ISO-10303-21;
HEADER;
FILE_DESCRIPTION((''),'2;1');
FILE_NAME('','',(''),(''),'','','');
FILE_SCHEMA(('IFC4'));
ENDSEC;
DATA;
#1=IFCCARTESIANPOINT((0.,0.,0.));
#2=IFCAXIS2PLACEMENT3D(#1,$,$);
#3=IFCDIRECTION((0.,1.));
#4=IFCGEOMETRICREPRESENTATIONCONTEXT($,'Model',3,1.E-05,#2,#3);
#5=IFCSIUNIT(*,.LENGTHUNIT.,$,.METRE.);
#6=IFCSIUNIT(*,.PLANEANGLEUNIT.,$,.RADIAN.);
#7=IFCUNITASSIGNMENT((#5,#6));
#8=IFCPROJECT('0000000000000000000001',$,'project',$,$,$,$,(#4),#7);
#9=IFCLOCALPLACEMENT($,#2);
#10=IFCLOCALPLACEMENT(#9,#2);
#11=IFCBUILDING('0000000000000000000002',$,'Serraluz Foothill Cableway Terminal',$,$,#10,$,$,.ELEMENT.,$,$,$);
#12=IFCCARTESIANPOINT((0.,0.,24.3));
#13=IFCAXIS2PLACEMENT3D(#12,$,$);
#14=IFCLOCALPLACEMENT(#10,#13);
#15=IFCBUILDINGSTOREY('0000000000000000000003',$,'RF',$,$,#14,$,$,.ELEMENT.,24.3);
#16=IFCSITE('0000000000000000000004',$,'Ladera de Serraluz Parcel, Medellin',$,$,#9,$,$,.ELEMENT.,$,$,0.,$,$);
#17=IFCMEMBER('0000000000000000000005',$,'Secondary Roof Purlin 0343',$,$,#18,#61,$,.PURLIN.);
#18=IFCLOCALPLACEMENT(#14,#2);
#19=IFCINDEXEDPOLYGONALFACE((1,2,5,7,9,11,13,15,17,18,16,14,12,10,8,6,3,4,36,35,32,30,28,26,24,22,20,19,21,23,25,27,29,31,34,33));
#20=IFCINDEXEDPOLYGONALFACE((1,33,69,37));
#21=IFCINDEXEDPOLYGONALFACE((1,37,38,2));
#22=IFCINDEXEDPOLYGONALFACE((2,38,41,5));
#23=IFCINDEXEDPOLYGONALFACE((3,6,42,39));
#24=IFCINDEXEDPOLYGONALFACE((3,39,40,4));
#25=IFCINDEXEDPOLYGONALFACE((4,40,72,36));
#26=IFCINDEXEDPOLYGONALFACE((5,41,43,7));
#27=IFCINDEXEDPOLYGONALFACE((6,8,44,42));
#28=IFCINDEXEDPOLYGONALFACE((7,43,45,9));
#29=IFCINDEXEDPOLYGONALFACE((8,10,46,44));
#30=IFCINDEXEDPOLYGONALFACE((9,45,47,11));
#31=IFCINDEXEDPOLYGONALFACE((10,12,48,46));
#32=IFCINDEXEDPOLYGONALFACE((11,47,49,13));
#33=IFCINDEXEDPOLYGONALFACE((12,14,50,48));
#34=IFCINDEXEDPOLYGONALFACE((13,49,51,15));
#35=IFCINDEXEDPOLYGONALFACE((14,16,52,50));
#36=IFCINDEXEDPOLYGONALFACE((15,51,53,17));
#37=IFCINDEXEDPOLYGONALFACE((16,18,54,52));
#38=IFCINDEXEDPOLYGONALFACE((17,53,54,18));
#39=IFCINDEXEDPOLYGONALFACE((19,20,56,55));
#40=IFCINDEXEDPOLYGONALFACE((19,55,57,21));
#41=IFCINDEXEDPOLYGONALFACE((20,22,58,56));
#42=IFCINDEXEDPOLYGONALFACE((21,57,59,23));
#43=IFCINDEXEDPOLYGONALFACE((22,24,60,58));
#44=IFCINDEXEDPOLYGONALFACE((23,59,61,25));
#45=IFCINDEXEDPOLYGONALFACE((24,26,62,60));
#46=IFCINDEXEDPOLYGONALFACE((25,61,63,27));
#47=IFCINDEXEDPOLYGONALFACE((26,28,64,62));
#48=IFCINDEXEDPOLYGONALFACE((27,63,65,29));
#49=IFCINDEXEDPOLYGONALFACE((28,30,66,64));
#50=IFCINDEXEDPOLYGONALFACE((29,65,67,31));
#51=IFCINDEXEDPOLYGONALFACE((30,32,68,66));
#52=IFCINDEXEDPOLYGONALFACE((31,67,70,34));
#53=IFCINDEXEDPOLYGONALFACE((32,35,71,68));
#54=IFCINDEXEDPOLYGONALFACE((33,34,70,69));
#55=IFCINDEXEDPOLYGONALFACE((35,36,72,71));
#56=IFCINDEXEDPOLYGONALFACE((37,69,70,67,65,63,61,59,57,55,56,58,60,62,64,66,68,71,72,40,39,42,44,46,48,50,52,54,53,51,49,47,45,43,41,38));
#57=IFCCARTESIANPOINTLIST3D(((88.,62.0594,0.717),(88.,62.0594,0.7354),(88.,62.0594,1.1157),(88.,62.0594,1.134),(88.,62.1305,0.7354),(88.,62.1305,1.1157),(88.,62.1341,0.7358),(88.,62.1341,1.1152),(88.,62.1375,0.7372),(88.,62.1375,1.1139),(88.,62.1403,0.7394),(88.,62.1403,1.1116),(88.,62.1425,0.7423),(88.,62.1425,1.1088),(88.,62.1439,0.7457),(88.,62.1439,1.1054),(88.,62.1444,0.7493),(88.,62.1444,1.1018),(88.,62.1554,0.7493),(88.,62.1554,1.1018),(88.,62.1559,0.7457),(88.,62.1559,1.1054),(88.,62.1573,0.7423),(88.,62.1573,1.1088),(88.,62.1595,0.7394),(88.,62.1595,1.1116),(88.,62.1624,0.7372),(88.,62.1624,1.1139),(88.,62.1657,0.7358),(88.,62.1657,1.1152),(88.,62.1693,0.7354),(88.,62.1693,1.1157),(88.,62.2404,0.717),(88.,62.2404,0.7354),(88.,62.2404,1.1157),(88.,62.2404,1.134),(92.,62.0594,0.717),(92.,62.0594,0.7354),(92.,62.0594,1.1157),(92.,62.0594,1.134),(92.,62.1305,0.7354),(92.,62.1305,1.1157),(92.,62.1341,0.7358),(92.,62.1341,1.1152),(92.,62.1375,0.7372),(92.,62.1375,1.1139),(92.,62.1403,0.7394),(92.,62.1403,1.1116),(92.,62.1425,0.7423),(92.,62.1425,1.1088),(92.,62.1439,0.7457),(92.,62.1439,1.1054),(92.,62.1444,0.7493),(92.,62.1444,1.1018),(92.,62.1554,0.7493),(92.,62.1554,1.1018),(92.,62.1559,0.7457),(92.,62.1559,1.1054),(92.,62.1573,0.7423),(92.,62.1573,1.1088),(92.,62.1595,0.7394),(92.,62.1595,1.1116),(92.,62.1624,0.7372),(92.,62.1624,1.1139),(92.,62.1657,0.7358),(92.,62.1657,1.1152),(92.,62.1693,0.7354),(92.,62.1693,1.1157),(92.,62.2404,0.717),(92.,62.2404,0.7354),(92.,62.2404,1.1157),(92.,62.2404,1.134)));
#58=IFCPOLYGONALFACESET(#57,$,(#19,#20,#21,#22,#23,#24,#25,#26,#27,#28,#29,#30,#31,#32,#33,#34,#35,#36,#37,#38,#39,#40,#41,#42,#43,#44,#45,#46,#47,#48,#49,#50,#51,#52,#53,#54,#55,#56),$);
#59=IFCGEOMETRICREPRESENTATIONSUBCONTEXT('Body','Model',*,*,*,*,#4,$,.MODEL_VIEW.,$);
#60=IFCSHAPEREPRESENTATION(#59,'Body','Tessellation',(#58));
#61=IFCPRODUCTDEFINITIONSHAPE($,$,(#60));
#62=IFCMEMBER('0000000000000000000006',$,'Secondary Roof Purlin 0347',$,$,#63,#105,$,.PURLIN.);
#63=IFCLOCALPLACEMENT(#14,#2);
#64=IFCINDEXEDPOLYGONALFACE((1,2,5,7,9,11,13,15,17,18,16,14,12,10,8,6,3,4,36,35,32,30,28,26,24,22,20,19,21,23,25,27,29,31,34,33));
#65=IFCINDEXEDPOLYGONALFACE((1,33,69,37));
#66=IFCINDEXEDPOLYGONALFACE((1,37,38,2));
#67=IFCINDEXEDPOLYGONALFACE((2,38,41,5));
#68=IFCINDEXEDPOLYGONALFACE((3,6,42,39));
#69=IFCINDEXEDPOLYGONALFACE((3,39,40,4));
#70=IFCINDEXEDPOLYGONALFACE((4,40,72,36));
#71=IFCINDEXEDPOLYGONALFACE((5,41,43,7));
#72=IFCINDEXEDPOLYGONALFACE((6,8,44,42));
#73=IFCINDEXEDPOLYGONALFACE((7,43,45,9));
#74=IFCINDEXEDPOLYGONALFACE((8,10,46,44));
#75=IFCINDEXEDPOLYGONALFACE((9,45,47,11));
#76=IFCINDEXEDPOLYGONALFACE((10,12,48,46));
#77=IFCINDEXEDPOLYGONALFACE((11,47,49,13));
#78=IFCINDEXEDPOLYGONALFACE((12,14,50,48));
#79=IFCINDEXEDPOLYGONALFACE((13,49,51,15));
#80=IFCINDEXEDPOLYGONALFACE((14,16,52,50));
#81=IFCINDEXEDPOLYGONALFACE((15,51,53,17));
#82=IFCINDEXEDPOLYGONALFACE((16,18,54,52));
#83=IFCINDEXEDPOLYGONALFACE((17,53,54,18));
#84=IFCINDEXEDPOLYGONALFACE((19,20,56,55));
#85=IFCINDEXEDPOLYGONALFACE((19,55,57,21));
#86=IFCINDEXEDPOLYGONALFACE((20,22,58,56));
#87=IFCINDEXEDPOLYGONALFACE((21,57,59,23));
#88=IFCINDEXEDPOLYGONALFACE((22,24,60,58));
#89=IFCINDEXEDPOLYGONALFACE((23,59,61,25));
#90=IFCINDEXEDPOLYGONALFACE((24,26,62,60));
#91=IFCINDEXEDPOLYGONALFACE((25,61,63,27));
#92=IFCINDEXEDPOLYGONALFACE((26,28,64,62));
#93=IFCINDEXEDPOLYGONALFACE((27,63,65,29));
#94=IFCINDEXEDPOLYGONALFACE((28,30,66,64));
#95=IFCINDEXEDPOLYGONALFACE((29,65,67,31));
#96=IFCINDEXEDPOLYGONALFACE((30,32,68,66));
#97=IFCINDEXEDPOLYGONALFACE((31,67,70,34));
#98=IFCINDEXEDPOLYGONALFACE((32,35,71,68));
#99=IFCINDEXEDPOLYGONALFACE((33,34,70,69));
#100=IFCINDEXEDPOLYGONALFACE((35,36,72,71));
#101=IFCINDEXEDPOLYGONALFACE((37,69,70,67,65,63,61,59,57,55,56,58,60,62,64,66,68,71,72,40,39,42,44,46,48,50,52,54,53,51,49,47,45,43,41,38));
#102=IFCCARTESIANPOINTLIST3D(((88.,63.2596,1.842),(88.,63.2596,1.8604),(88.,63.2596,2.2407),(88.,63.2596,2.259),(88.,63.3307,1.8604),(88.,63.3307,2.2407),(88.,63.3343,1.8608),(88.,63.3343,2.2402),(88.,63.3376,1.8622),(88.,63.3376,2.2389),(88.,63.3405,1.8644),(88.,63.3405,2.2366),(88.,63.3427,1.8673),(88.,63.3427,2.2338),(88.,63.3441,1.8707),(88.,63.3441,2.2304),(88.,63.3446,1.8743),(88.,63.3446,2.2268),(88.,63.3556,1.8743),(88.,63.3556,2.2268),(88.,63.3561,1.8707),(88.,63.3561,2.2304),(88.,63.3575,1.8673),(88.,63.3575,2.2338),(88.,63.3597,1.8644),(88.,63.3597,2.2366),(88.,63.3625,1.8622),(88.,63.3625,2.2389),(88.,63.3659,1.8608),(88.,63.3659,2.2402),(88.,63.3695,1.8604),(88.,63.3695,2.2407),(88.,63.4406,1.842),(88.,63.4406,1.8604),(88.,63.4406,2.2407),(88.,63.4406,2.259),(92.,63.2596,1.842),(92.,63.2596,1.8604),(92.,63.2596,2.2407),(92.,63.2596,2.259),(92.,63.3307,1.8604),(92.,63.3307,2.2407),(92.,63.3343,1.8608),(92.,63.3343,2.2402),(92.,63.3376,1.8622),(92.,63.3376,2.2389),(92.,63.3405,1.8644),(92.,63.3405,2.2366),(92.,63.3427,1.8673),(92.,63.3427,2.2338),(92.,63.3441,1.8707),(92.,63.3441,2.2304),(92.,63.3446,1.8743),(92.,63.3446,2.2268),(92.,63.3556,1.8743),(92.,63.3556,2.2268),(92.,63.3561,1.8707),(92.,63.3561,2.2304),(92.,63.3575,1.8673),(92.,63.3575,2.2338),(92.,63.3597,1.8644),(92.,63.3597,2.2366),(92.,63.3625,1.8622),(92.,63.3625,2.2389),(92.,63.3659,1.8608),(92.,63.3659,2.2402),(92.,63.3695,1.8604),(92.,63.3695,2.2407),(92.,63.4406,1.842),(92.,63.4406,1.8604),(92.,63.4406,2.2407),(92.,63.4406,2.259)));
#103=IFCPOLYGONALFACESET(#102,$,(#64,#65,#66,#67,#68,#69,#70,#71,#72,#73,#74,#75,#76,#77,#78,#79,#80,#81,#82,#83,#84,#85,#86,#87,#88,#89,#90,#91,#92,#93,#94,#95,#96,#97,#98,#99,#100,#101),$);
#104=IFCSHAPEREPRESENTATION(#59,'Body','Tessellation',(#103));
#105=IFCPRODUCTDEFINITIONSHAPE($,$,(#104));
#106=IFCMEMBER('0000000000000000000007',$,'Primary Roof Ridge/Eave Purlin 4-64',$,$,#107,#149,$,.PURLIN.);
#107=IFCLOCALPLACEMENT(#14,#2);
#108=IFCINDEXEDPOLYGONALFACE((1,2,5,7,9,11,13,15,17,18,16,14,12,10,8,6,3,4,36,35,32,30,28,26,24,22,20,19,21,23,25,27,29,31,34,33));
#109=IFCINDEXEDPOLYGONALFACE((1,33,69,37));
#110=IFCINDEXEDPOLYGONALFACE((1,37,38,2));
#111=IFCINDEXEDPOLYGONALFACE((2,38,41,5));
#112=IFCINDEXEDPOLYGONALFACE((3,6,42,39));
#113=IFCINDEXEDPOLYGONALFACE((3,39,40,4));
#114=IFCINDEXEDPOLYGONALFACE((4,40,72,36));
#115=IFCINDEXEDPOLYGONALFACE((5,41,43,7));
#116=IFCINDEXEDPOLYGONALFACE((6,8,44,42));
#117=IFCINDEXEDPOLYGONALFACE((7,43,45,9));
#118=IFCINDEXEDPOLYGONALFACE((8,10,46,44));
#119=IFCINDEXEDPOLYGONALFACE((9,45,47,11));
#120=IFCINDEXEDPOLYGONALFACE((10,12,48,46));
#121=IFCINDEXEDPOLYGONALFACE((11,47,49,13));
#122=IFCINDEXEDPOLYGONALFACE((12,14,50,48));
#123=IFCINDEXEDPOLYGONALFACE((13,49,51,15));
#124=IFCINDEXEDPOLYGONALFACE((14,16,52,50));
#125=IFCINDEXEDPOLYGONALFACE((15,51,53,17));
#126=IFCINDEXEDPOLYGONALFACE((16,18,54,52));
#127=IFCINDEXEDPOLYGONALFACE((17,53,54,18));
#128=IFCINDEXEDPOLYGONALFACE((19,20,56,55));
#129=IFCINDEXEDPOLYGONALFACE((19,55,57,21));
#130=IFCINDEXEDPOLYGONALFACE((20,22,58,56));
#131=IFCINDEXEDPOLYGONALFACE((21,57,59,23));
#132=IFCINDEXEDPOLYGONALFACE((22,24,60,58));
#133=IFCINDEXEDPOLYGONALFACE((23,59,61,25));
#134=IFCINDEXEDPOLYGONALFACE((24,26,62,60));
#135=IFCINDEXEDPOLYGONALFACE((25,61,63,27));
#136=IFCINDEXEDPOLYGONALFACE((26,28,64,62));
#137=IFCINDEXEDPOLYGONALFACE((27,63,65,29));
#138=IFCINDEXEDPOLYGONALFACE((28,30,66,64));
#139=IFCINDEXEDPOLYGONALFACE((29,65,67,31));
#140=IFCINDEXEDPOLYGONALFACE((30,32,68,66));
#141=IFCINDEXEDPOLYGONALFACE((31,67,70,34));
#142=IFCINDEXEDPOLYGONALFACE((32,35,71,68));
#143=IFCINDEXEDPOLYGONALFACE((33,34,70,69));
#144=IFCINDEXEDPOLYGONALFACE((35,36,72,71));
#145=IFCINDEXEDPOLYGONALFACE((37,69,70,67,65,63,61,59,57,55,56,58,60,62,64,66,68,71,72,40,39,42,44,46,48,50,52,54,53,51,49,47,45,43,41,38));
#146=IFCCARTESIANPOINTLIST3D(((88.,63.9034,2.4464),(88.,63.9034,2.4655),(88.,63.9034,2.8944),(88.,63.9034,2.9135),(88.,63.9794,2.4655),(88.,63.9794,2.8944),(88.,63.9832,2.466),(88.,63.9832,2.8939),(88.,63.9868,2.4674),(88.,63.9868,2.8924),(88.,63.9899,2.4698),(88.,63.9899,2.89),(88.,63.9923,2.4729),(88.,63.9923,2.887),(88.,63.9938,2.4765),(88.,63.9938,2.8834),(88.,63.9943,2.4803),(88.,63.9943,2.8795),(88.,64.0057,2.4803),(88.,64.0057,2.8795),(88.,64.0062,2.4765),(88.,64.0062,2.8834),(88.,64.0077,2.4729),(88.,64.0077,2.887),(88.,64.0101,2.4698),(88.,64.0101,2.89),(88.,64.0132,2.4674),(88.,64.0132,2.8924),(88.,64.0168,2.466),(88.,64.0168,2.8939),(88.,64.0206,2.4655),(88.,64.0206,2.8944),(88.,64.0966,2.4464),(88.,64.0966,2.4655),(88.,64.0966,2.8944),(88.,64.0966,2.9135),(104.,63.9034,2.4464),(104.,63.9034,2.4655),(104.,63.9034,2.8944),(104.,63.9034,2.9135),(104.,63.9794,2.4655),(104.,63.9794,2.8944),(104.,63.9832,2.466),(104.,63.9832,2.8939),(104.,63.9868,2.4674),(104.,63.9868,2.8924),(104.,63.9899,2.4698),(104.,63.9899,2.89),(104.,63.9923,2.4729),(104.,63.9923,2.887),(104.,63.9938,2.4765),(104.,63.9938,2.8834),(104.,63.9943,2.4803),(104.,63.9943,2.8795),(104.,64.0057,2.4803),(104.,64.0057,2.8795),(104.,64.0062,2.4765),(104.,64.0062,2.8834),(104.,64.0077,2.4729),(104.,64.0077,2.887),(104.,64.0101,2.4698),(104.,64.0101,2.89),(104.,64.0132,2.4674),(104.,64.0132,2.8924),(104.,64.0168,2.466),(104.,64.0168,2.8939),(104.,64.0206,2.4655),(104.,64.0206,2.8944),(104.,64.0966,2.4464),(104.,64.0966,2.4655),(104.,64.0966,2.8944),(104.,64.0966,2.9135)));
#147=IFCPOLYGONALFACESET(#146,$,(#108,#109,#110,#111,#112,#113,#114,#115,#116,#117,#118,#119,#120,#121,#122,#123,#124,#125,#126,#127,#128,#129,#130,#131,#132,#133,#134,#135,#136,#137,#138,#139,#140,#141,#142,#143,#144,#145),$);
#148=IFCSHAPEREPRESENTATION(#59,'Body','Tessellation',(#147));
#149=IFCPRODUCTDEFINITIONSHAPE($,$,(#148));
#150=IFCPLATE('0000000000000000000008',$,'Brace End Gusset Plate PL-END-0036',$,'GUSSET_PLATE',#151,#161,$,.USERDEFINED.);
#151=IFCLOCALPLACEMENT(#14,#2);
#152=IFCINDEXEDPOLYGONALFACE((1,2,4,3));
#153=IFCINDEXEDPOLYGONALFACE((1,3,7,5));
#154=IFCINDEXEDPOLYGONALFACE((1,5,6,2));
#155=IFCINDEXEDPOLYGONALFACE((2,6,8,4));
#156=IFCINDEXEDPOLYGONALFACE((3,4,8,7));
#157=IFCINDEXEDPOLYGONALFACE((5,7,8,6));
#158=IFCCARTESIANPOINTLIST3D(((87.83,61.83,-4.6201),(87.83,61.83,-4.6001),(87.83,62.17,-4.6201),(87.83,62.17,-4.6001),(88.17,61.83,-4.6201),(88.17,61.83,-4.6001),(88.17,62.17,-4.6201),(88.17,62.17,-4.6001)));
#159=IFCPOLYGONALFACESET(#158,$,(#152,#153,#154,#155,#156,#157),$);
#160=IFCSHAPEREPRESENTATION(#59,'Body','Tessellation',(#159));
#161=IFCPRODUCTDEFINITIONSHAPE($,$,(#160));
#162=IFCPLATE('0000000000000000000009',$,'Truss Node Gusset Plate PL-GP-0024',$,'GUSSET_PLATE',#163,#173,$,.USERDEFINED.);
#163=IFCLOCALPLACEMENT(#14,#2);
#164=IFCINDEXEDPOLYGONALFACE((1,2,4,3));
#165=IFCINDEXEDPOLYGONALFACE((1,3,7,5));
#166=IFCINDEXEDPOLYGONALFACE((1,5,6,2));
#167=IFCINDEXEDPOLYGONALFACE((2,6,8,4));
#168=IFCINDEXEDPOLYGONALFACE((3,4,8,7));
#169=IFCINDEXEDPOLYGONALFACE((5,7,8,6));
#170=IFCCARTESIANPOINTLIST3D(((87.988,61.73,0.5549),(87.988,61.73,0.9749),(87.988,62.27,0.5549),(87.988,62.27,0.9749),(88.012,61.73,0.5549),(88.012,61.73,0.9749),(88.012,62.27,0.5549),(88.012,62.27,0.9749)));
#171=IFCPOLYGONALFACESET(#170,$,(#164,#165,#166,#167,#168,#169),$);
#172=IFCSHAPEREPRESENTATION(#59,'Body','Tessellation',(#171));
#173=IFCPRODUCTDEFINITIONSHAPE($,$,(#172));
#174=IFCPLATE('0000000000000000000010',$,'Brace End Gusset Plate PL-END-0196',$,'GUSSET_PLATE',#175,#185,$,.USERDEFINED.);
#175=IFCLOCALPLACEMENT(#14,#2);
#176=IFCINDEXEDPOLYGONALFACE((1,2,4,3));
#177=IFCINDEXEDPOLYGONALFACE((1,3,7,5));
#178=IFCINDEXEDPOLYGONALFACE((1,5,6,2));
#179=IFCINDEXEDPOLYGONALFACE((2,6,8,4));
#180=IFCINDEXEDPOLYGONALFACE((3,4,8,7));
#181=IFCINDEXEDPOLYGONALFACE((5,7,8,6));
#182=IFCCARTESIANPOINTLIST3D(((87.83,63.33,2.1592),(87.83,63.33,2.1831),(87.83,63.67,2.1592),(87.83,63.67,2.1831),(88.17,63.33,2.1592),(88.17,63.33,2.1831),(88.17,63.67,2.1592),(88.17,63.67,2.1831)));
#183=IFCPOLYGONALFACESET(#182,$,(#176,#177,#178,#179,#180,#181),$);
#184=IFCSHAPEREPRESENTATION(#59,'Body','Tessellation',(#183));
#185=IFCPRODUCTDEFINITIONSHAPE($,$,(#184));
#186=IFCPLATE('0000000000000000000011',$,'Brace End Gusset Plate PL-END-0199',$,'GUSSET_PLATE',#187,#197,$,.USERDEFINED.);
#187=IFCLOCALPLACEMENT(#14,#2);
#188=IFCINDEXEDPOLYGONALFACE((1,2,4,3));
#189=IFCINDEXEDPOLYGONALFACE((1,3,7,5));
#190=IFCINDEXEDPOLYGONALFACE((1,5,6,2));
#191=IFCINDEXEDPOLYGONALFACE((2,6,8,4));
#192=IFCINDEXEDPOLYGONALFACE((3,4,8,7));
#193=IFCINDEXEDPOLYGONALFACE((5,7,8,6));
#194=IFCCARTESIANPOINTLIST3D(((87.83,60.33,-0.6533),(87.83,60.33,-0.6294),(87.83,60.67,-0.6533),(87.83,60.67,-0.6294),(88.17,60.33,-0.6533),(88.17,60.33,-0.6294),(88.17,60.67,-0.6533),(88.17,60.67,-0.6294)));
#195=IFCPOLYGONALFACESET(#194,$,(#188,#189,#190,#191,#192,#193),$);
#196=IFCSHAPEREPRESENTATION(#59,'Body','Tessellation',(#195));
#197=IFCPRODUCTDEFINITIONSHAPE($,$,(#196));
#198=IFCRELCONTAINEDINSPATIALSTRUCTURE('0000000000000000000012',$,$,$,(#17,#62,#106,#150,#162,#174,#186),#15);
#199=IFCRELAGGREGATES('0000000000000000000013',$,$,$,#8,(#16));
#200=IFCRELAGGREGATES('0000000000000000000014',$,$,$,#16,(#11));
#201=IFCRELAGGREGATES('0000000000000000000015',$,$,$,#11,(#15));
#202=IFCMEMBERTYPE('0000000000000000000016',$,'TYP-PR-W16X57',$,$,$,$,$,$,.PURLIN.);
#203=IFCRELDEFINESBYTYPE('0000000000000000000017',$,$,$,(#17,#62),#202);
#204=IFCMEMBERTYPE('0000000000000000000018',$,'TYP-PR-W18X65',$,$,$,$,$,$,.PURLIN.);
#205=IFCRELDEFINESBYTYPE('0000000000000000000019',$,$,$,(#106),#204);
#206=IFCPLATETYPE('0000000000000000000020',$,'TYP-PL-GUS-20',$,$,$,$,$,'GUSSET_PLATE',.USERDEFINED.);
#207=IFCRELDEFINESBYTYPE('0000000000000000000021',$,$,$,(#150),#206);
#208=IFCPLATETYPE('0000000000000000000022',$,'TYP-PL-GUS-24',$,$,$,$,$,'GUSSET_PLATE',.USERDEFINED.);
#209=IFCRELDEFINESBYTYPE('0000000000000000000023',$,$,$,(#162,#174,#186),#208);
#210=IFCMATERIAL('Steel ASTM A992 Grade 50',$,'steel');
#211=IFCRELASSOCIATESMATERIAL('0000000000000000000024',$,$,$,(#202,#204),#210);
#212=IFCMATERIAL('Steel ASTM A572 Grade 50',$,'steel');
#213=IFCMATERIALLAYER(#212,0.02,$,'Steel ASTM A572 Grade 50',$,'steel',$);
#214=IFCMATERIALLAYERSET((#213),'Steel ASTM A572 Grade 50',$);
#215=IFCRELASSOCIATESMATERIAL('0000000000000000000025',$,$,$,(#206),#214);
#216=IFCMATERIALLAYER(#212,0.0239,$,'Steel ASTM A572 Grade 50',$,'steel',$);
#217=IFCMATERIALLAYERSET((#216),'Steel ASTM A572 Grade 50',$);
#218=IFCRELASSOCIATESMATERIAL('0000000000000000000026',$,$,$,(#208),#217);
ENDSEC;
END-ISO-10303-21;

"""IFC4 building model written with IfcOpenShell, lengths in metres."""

from ifc_helpers import new_model, si_unit, direction, frame, origin, origin_2d, place, context, subcontext, project, spatial, rectangle, i_section, extrude, material, layer, layer_set, material_profile, profile_set, type_object, element, save


model = new_model("IFC4")

# Units and contexts
model_context = context("Model", 3, precision=1e-05, world=origin(), true_north=direction((0.0, 1.0)))
body_context = subcontext(model_context, "Body", "Model", "MODEL_VIEW")
ifc_project = project(units=[si_unit("LENGTHUNIT", "METRE"), si_unit("PLANEANGLEUNIT", "RADIAN")], contexts=[model_context])

# Site, building, storey
site_placement = place(None, origin())
site = spatial("IfcSite", under=ifc_project, at=site_placement, Name="Ladera de Serraluz Parcel, Medellin", CompositionType="ELEMENT", RefElevation=0.0)
building_placement = place(site_placement, origin())
building = spatial("IfcBuilding", under=site, at=building_placement, Name="Serraluz Foothill Cableway Terminal", CompositionType="ELEMENT")
storey_placement = place(building_placement, frame((0.0, 0.0, 24.3)))
storey = spatial("IfcBuildingStorey", under=building, at=storey_placement, Name="RF", CompositionType="ELEMENT", Elevation=24.3)

# Members
ifc_material_1 = material(Name="Steel ASTM A572 Grade 50", Category="steel")
ifc_material_2 = material(Name="Steel ASTM A992 Grade 50", Category="steel")
ifc_material_profile_1 = material_profile(ifc_material_2, i_section(OverallWidth=0.1809, OverallDepth=0.417, WebThickness=0.011, FlangeThickness=0.0183, FilletRadius=0.0139, at=origin_2d()), Name="W16X57")
ifc_profile_set_1 = profile_set([ifc_material_profile_1], Name="Steel ASTM A992 Grade 50")
member_type_1 = type_object("IfcMemberType", Name="TYP-PR-W16X57", PredefinedType="PURLIN", material=ifc_profile_set_1)
for number, where, z_axis, x_axis, name in (
    (1, (88.0, 62.1499, 0.9255), (1.0, 0.0, 0.0), (0.0, 1.0, 0.0), "Secondary Roof Purlin 0343"),
    (2, (88.0, 63.3501, 2.0505), (1.0, 0.0, 0.0), (0.0, 1.0, 0.0), "Secondary Roof Purlin 0347"),
):
    element("IfcMember", number, at=place(storey_placement, frame(where, z_axis=z_axis, x_axis=x_axis)), inside=storey, type_object=member_type_1, Name=name, PredefinedType="PURLIN", context=body_context, shape_type="SweptSolid", body=[
        extrude(i_section(OverallWidth=0.1809, OverallDepth=0.417, WebThickness=0.011, FlangeThickness=0.0183, FilletRadius=0.0139, at=origin_2d()), origin(), (0.0, 0.0, 1.0), 4.0),
    ])
ifc_material_profile_2 = material_profile(ifc_material_2, i_section(OverallWidth=0.1931, OverallDepth=0.467, WebThickness=0.0115, FlangeThickness=0.019, FilletRadius=0.0149, at=origin_2d()), Name="W18X65")
ifc_profile_set_2 = profile_set([ifc_material_profile_2], Name="Steel ASTM A992 Grade 50")
member_type_2 = type_object("IfcMemberType", Name="TYP-PR-W18X65", PredefinedType="PURLIN", material=ifc_profile_set_2)
member_1_placement = place(storey_placement, frame((88.0, 64.0, 2.6799), z_axis=(1.0, 0.0, 0.0), x_axis=(0.0, 1.0, 0.0)))
element("IfcMember", 3, at=member_1_placement, inside=storey, type_object=member_type_2, Name="Primary Roof Ridge/Eave Purlin 4-64", PredefinedType="PURLIN", context=body_context, shape_type="SweptSolid", body=[
    extrude(i_section(OverallWidth=0.1931, OverallDepth=0.467, WebThickness=0.0115, FlangeThickness=0.019, FilletRadius=0.0149, at=origin_2d()), origin(), (0.0, 0.0, 1.0), 16.0),
])

# Plates
ifc_layer_1 = layer(ifc_material_1, 0.02, Name="Steel ASTM A572 Grade 50", Category="steel")
ifc_layer_set_1 = layer_set([ifc_layer_1], Name="Steel ASTM A572 Grade 50")
plate_type_1 = type_object("IfcPlateType", Name="TYP-PL-GUS-20", ElementType="GUSSET_PLATE", PredefinedType="USERDEFINED", material=ifc_layer_set_1)
plate_1_placement = place(storey_placement, frame((88.0, 62.0, -4.6201), z_axis=(0.0, 0.0, 1.0), x_axis=(1.0, 0.0, 0.0)))
element("IfcPlate", 4, at=plate_1_placement, inside=storey, type_object=plate_type_1, Name="Brace End Gusset Plate PL-END-0036", ObjectType="GUSSET_PLATE", PredefinedType="USERDEFINED", context=body_context, shape_type="SweptSolid", body=[
    extrude(rectangle(XDim=0.3401, YDim=0.3401, at=origin_2d()), origin(), (0.0, 0.0, 1.0), 0.02),
])
ifc_layer_2 = layer(ifc_material_1, 0.0239, Name="Steel ASTM A572 Grade 50", Category="steel")
ifc_layer_set_2 = layer_set([ifc_layer_2], Name="Steel ASTM A572 Grade 50")
plate_type_2 = type_object("IfcPlateType", Name="TYP-PL-GUS-24", ElementType="GUSSET_PLATE", PredefinedType="USERDEFINED", material=ifc_layer_set_2)
plate_2_placement = place(storey_placement, frame((88.0, 62.0, 0.5549), z_axis=(0.0, 0.0, 1.0), x_axis=(1.0, 0.0, 0.0)))
element("IfcPlate", 5, at=plate_2_placement, inside=storey, type_object=plate_type_2, Name="Truss Node Gusset Plate PL-GP-0024", ObjectType="GUSSET_PLATE", PredefinedType="USERDEFINED", context=body_context, shape_type="SweptSolid", body=[
    extrude(rectangle(XDim=0.0239, YDim=0.54, at=origin_2d()), origin(), (0.0, 0.0, 1.0), 0.4199),
])
for number, where, z_axis, x_axis, name in (
    (6, (88.0, 63.5, 2.1592), (0.0, 0.0, 1.0), (1.0, 0.0, 0.0), "Brace End Gusset Plate PL-END-0196"),
    (7, (88.0, 60.5, -0.6533), (0.0, 0.0, 1.0), (1.0, 0.0, 0.0), "Brace End Gusset Plate PL-END-0199"),
):
    element("IfcPlate", number, at=place(storey_placement, frame(where, z_axis=z_axis, x_axis=x_axis)), inside=storey, type_object=plate_type_2, Name=name, ObjectType="GUSSET_PLATE", PredefinedType="USERDEFINED", context=body_context, shape_type="SweptSolid", body=[
        extrude(rectangle(XDim=0.3401, YDim=0.3401, at=origin_2d()), origin(), (0.0, 0.0, 1.0), 0.0239),
    ])

save(model, "model.ifc")
